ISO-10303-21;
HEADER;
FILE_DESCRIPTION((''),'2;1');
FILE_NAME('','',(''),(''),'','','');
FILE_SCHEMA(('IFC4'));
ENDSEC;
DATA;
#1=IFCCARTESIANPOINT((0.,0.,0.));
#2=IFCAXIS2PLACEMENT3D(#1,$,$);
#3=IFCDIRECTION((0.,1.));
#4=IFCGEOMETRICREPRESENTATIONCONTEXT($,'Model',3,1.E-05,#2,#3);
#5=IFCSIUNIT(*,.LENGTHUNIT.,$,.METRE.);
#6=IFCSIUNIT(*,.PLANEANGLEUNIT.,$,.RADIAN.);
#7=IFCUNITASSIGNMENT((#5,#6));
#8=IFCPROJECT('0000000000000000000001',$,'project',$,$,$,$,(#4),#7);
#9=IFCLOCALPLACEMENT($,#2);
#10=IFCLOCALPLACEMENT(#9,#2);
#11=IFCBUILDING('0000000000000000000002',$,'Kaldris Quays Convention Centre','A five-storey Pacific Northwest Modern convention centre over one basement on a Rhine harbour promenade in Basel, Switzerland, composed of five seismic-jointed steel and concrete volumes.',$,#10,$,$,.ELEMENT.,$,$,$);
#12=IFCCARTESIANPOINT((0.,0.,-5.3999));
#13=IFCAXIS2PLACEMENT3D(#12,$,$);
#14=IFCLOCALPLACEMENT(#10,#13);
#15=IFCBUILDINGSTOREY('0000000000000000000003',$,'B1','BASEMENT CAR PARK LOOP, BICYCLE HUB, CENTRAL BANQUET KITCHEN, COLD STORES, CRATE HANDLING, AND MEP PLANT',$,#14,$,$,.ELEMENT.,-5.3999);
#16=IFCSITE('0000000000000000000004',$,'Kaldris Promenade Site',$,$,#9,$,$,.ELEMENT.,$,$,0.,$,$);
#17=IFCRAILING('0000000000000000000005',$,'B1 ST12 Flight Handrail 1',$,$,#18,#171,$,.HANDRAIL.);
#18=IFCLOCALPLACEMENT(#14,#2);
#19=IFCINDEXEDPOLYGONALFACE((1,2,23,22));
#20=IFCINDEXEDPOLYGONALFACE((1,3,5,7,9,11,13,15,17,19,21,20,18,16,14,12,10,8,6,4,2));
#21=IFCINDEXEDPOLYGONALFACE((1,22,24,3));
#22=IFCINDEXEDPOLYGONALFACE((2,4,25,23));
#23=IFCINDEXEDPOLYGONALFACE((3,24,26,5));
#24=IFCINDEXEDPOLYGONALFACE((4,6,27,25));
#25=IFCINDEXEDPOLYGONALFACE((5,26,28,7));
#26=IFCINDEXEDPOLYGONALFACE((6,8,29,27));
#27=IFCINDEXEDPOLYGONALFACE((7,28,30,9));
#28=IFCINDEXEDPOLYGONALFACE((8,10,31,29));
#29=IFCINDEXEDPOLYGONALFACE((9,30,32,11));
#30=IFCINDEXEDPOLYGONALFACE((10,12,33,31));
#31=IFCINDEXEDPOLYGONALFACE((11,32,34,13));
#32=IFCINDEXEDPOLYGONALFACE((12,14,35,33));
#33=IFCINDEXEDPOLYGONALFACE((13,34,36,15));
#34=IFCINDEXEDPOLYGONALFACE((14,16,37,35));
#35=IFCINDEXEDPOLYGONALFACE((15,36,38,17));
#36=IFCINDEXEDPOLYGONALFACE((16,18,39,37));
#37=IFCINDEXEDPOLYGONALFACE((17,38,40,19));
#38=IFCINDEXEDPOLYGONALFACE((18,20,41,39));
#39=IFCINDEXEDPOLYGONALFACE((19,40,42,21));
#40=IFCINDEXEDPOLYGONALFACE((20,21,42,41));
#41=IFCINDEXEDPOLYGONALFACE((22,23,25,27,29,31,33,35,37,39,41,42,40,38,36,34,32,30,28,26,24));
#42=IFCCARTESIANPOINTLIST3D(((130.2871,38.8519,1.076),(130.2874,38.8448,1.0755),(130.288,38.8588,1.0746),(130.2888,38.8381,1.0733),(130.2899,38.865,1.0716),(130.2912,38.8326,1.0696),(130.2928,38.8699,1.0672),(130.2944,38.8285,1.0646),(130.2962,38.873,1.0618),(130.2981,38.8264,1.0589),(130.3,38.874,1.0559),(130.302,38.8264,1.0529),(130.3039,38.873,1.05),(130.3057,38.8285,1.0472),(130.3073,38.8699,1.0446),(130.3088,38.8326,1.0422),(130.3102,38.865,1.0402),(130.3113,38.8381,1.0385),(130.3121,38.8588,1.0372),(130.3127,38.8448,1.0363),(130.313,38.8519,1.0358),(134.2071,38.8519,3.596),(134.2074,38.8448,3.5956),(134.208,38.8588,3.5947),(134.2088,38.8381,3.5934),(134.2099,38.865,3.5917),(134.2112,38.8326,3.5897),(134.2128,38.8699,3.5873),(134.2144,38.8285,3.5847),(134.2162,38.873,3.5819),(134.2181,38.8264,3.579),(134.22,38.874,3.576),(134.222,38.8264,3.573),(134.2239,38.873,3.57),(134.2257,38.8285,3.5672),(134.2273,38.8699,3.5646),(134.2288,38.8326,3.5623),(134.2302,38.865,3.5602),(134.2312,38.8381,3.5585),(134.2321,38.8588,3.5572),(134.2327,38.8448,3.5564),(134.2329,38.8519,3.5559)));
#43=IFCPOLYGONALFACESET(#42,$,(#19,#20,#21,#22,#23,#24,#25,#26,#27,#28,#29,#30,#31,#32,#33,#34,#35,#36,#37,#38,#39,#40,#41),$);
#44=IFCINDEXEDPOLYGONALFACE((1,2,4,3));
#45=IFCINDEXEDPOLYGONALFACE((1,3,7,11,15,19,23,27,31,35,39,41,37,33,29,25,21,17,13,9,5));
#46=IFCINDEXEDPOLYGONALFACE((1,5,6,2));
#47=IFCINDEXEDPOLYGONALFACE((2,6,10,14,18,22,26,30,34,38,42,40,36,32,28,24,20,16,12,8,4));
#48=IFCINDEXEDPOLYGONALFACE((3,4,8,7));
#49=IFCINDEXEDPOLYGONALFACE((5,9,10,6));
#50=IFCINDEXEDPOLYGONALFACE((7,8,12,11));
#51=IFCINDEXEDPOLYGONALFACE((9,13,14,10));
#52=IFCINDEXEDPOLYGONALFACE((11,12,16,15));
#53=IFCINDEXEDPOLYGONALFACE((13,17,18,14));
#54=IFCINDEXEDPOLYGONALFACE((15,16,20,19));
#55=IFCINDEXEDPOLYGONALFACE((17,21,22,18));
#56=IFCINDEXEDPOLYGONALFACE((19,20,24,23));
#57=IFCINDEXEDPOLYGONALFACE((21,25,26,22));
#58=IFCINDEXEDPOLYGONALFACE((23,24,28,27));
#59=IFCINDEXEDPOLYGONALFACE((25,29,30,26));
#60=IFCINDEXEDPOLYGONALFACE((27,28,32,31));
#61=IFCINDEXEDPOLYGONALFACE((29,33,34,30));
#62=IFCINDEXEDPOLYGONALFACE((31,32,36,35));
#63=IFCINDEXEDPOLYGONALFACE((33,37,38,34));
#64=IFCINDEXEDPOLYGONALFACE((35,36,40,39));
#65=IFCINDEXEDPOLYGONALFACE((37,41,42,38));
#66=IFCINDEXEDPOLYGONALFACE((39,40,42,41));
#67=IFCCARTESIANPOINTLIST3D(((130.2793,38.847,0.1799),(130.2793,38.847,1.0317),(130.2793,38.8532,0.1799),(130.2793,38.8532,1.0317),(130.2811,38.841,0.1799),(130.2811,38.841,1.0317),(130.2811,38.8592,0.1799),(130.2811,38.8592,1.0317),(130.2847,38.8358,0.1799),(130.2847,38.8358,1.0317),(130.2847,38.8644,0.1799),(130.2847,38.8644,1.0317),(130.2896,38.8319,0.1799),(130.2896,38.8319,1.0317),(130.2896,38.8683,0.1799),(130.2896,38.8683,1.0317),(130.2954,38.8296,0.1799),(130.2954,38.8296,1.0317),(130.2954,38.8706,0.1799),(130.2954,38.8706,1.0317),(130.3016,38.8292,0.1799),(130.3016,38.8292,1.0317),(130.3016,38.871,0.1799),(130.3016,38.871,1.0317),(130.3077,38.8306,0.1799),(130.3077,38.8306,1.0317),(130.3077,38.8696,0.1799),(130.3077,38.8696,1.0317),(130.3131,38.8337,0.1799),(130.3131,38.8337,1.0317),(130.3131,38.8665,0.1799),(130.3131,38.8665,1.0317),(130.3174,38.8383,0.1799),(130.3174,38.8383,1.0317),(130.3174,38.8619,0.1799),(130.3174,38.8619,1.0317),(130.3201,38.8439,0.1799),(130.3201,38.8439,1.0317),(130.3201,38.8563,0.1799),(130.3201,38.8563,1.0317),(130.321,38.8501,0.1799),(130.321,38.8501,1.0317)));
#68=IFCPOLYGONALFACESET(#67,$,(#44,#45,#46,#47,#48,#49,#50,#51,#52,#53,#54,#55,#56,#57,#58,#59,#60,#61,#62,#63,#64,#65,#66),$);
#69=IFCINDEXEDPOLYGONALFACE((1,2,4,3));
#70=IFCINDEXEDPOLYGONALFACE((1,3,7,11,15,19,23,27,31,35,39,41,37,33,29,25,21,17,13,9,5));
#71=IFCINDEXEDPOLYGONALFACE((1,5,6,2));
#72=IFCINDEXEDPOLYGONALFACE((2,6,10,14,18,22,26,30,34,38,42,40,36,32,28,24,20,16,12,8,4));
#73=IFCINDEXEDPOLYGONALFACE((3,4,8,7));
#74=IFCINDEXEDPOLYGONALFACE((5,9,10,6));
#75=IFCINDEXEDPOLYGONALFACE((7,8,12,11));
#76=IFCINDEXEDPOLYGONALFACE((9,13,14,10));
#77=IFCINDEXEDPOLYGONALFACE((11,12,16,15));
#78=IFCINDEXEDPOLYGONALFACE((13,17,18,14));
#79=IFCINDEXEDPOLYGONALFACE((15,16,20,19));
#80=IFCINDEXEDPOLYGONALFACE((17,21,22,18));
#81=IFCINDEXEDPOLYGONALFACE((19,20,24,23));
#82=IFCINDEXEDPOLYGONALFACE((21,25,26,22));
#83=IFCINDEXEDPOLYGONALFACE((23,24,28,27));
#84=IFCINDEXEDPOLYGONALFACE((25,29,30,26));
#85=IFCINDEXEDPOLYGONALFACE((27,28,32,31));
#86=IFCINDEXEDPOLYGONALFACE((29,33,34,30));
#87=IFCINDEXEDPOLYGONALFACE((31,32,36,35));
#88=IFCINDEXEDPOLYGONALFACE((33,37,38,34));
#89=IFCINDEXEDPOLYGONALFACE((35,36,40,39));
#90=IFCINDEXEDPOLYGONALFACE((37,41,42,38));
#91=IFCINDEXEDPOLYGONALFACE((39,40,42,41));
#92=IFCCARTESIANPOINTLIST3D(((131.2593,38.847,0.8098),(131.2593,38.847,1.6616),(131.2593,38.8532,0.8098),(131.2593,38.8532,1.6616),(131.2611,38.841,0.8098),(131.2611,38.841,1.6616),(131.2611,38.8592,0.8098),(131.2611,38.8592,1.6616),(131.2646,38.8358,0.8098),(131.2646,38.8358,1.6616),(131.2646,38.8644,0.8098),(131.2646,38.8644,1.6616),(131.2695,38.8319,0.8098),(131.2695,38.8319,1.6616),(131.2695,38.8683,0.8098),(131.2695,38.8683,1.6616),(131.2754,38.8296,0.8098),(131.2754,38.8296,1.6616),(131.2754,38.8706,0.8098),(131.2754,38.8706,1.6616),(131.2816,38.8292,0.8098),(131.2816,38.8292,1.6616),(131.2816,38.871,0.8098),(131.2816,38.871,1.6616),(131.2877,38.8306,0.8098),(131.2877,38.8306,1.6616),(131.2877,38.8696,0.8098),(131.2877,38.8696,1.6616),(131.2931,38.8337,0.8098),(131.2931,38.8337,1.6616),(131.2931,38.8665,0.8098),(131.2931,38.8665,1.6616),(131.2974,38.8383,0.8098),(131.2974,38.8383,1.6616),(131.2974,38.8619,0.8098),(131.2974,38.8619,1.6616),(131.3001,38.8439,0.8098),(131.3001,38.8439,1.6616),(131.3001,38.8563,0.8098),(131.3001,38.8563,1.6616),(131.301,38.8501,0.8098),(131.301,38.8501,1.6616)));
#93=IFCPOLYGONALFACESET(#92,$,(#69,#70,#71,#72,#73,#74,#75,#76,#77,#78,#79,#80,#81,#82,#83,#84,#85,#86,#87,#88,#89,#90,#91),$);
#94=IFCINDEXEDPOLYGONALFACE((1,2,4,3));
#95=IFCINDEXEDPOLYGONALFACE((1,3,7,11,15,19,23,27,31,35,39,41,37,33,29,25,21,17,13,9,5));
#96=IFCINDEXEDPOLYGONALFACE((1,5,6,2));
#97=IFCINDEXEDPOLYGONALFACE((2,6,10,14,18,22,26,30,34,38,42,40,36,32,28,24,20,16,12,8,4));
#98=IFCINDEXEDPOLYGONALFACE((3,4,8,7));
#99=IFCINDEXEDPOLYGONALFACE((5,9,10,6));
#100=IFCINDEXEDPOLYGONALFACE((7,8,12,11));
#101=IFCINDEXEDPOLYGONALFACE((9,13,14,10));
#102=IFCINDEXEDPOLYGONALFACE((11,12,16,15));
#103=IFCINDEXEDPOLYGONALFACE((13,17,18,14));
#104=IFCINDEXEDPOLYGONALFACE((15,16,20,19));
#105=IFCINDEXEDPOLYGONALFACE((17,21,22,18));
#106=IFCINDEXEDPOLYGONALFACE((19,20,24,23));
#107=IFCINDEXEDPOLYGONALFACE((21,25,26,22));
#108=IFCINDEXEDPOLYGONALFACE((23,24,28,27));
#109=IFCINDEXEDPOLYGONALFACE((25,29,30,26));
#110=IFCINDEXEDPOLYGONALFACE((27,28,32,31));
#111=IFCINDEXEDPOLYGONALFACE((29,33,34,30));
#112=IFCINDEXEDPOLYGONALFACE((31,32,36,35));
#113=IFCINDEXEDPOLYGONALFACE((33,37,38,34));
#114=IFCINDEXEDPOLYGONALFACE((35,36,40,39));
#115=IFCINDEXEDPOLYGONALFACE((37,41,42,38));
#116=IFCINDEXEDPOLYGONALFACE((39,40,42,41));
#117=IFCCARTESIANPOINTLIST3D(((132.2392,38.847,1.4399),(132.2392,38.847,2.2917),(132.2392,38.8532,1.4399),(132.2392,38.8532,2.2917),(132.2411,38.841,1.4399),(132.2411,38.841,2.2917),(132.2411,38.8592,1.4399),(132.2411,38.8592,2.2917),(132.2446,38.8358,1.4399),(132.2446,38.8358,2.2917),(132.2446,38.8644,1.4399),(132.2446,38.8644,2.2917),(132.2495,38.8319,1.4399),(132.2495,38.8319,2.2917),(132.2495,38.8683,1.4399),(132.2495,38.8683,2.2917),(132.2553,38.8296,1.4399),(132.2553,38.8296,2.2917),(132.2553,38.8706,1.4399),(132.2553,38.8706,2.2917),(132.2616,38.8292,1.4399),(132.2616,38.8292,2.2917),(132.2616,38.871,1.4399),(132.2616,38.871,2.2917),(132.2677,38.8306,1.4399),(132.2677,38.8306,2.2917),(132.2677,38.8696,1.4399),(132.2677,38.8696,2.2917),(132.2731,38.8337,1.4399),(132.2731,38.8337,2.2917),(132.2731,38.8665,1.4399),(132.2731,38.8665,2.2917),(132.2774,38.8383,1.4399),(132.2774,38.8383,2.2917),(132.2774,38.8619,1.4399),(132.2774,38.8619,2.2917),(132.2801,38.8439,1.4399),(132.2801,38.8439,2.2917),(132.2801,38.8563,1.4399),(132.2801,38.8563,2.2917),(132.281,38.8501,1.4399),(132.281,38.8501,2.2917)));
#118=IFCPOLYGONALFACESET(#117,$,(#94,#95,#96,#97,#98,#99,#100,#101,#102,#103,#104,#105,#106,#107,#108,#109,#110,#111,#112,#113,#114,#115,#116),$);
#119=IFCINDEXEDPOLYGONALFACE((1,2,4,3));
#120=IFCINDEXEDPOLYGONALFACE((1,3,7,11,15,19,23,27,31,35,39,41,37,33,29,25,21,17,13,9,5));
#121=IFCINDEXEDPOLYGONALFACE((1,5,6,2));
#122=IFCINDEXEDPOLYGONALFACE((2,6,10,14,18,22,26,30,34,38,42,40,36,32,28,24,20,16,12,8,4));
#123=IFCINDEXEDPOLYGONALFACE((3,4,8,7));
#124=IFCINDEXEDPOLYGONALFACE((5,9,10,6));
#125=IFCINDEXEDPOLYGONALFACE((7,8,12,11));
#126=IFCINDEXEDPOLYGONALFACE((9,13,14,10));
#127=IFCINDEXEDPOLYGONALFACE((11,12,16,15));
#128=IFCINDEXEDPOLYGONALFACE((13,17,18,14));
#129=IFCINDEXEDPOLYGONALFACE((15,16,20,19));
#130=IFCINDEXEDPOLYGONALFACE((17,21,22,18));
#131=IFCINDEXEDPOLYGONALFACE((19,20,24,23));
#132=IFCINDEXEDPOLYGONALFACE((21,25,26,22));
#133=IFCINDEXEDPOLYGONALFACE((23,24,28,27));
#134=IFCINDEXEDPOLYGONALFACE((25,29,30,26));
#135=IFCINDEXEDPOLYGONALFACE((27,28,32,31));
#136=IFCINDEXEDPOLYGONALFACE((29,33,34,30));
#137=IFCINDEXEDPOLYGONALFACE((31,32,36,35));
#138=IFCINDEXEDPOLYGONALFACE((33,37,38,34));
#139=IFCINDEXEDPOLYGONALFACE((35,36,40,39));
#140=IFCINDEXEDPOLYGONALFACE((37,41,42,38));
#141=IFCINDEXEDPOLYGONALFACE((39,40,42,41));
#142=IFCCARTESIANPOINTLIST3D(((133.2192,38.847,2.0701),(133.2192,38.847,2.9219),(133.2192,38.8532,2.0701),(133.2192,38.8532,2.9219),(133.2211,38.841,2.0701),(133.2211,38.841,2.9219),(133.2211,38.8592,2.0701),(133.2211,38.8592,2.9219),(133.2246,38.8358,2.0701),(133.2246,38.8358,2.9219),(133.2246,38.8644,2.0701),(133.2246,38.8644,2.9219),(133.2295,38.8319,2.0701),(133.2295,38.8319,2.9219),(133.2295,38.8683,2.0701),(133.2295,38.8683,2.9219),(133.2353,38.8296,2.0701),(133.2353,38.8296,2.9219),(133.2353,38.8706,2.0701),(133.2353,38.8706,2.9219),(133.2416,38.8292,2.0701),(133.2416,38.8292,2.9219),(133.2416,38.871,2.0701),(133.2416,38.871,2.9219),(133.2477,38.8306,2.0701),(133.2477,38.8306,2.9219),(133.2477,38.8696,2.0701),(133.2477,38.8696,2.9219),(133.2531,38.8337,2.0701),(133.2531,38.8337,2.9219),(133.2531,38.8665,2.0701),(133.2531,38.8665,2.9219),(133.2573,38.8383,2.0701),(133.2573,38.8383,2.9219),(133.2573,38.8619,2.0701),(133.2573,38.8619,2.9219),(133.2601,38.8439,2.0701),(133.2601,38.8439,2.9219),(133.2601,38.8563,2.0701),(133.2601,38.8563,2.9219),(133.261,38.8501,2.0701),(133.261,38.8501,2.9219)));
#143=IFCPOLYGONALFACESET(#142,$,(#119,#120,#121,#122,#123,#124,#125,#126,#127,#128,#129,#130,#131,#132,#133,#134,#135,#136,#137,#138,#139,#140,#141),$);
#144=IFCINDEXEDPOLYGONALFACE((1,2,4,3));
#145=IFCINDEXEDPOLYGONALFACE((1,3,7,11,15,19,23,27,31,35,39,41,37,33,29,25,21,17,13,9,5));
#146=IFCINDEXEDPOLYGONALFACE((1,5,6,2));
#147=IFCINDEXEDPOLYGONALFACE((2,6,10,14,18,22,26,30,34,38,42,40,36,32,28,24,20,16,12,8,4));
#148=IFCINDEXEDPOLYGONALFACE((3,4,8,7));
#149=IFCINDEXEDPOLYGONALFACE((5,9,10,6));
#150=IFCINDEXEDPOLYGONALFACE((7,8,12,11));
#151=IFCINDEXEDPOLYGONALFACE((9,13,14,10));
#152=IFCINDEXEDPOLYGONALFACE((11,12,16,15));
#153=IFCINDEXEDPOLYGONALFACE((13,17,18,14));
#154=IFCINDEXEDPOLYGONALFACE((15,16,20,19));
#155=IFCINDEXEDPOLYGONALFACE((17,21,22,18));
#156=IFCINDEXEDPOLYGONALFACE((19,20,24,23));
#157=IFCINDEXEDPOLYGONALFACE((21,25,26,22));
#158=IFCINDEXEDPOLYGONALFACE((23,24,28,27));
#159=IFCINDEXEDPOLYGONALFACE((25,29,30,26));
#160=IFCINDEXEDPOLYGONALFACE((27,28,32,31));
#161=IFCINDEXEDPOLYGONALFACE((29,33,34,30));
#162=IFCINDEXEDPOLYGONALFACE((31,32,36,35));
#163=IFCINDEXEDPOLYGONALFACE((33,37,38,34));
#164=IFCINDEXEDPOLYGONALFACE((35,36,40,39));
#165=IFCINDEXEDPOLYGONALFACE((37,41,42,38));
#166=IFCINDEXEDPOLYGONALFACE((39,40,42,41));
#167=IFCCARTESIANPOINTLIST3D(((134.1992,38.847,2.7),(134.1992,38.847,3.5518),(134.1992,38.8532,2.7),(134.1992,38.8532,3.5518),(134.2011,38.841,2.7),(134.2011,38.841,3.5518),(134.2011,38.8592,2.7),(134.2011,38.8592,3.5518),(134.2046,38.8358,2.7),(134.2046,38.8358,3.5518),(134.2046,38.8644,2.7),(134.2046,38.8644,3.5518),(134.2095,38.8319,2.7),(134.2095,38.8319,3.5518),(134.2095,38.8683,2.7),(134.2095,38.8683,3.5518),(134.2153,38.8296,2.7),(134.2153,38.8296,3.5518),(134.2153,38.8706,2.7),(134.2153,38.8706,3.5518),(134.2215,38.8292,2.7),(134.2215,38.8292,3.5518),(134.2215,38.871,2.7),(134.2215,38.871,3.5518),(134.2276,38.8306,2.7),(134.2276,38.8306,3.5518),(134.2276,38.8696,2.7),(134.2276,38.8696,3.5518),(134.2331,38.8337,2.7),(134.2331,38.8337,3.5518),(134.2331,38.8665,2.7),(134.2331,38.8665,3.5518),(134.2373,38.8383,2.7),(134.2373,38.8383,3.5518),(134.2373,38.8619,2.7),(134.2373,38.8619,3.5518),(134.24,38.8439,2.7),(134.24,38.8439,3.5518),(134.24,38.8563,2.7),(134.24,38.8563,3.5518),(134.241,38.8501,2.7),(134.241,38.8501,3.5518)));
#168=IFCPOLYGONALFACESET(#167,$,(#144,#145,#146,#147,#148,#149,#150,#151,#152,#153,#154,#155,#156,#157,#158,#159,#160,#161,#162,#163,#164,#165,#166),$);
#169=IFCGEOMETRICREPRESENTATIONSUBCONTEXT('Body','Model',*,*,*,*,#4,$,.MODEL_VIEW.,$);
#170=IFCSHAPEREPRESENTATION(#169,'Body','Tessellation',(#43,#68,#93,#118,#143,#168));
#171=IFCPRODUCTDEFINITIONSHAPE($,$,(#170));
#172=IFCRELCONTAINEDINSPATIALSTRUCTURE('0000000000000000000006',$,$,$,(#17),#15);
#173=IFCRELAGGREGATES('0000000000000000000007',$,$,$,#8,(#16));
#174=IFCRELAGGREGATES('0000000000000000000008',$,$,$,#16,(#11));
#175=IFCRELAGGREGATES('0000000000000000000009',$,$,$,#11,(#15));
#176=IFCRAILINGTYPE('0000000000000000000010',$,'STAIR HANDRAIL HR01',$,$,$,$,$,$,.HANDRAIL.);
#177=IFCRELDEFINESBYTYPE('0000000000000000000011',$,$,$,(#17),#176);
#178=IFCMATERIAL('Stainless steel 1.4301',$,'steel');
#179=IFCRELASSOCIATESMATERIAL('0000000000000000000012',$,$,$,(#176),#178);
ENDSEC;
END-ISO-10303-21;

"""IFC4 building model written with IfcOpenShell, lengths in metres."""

from ifc_helpers import new_model, si_unit, direction, frame, origin, origin_2d, place, context, subcontext, project, spatial, circle, extrude, material, type_object, element, save


model = new_model("IFC4")

# Units and contexts
model_context = context("Model", 3, precision=1e-05, world=origin(), true_north=direction((0.0, 1.0)))
body_context = subcontext(model_context, "Body", "Model", "MODEL_VIEW")
ifc_project = project(units=[si_unit("LENGTHUNIT", "METRE"), si_unit("PLANEANGLEUNIT", "RADIAN")], contexts=[model_context])

# Site, building, storey
site_placement = place(None, origin())
site = spatial("IfcSite", under=ifc_project, at=site_placement, Name="Kaldris Promenade Site", CompositionType="ELEMENT", RefElevation=0.0)
building_placement = place(site_placement, origin())
building = spatial("IfcBuilding", under=site, at=building_placement, Name="Kaldris Quays Convention Centre", Description="A five-storey Pacific Northwest Modern convention centre over one basement on a Rhine harbour promenade in Basel, Switzerland, composed of five seismic-jointed steel and concrete volumes.", CompositionType="ELEMENT")
storey_placement = place(building_placement, frame((0.0, 0.0, -5.3999)))
storey = spatial("IfcBuildingStorey", under=building, at=storey_placement, Name="B1", Description="BASEMENT CAR PARK LOOP, BICYCLE HUB, CENTRAL BANQUET KITCHEN, COLD STORES, CRATE HANDLING, AND MEP PLANT", CompositionType="ELEMENT", Elevation=-5.3999)

# Railing
ifc_material_1 = material(Name="Stainless steel 1.4301", Category="steel")
railing_type_1 = type_object("IfcRailingType", Name="STAIR HANDRAIL HR01", PredefinedType="HANDRAIL", material=ifc_material_1)
railing_1_placement = place(storey_placement, frame((130.3, 38.8501, 0.1799)))
element("IfcRailing", 1, at=railing_1_placement, inside=storey, type_object=railing_type_1, Name="B1 ST12 Flight Handrail 1", PredefinedType="HANDRAIL", context=body_context, shape_type="SweptSolid", body=[
    extrude(circle(Radius=0.0239, at=origin_2d()), frame((0.0, 0.0, 0.876), z_axis=(0.841172, 0.0, 0.540768), x_axis=(0.0, 1.0, 0.0)), (0.0, 0.0, 1.0), 4.6602),
    extrude(circle(Radius=0.021, at=origin_2d()), origin(), (0.0, 0.0, 1.0), 0.8518),
    extrude(circle(Radius=0.021, at=origin_2d()), frame((0.98, 0.0, 0.6299)), (0.0, 0.0, 1.0), 0.8518),
    extrude(circle(Radius=0.021, at=origin_2d()), frame((1.96, 0.0, 1.26)), (0.0, 0.0, 1.0), 0.8518),
    extrude(circle(Radius=0.021, at=origin_2d()), frame((2.9399, 0.0, 1.8901)), (0.0, 0.0, 1.0), 0.8518),
    extrude(circle(Radius=0.021, at=origin_2d()), frame((3.9199, 0.0, 2.52)), (0.0, 0.0, 1.0), 0.8518),
])

save(model, "model.ifc")
